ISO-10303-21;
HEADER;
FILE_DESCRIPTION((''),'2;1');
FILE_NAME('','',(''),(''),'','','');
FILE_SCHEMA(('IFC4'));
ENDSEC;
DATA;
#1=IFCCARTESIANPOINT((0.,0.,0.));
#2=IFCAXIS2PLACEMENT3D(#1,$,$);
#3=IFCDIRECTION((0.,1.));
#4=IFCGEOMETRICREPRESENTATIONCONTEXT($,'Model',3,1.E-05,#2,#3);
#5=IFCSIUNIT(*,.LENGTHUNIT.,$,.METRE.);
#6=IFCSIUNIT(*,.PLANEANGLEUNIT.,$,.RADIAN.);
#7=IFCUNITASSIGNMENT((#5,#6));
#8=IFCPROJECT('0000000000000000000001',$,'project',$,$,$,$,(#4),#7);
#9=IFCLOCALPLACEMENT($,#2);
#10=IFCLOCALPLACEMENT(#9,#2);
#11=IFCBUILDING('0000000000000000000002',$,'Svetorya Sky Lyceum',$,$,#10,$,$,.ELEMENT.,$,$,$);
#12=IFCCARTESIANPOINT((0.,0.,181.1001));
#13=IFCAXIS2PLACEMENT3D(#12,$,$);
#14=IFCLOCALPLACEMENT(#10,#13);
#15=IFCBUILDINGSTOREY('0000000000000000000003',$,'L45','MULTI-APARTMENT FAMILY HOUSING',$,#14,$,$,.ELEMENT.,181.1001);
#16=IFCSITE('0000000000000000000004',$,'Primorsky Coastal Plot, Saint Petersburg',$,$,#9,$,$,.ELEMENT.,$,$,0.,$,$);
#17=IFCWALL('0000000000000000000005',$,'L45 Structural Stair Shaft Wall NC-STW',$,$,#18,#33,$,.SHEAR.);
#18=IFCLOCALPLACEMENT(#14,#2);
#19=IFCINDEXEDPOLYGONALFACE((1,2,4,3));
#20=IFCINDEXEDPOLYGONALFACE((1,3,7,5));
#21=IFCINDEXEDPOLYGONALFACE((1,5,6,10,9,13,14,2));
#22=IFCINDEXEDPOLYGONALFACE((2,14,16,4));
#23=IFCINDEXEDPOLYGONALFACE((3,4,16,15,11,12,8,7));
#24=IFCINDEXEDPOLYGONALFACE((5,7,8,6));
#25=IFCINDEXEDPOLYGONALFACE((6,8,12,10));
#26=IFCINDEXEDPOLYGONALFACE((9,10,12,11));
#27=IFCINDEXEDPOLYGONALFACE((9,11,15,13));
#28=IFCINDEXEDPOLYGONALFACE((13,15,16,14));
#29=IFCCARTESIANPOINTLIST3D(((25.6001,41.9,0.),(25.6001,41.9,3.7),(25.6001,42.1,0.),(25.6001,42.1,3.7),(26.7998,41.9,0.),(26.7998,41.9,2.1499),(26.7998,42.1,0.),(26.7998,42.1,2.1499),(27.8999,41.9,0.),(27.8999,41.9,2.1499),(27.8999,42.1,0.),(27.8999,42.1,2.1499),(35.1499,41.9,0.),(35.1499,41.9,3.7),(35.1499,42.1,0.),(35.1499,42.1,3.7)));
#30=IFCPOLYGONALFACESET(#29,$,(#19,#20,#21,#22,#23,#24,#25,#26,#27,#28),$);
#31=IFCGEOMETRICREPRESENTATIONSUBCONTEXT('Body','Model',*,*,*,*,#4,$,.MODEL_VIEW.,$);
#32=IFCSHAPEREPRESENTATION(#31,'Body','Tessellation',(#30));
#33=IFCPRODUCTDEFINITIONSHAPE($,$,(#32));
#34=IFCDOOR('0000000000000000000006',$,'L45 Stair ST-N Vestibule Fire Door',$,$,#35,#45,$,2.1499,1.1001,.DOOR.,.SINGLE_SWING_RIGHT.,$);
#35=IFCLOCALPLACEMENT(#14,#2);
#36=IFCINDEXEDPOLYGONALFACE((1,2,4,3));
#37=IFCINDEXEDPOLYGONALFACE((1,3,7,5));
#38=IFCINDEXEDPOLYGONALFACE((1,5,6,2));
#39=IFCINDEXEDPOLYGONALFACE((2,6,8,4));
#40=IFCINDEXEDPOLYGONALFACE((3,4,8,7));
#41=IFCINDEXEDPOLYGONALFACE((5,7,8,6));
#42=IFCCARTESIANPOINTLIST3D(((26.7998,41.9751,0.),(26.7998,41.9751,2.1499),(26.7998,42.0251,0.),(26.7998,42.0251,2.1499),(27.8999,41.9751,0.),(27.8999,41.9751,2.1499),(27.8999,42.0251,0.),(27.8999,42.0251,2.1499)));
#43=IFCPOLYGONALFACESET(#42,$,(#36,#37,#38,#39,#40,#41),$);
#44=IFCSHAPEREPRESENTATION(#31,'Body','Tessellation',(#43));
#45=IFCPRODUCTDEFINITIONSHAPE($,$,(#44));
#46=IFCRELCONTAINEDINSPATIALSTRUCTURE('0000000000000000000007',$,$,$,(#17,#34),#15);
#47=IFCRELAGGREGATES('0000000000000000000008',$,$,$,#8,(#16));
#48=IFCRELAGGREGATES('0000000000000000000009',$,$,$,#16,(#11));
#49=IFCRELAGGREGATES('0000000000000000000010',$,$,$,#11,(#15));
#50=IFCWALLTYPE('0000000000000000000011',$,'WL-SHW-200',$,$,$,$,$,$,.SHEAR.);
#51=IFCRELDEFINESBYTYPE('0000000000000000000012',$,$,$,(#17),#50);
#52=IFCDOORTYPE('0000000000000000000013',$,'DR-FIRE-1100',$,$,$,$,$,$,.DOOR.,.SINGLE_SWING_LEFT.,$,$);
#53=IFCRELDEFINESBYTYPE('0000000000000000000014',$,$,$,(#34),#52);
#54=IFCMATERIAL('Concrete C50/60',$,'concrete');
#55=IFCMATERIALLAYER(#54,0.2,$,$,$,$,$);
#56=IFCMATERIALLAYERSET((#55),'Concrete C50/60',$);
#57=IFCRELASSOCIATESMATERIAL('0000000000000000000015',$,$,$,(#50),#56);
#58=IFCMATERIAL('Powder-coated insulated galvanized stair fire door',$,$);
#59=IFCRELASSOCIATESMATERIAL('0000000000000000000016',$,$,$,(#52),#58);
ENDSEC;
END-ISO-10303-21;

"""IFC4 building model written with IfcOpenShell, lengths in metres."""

from ifc_helpers import new_model, si_unit, direction, frame, frame_2d, origin, place, context, subcontext, project, spatial, rectangle, extrude, material, layer, layer_set, type_object, element, fill, save


model = new_model("IFC4")

# Units and contexts
model_context = context("Model", 3, precision=1e-05, world=origin(), true_north=direction((0.0, 1.0)))
body_context = subcontext(model_context, "Body", "Model", "MODEL_VIEW")
ifc_project = project(units=[si_unit("LENGTHUNIT", "METRE"), si_unit("PLANEANGLEUNIT", "RADIAN")], contexts=[model_context])

# Site, building, storey
site_placement = place(None, origin())
site = spatial("IfcSite", under=ifc_project, at=site_placement, Name="Primorsky Coastal Plot, Saint Petersburg", CompositionType="ELEMENT", RefElevation=0.0)
building_placement = place(site_placement, origin())
building = spatial("IfcBuilding", under=site, at=building_placement, Name="Svetorya Sky Lyceum", CompositionType="ELEMENT")
storey_placement = place(building_placement, frame((0.0, 0.0, 181.1001)))
storey = spatial("IfcBuildingStorey", under=building, at=storey_placement, Name="L45", Description="MULTI-APARTMENT FAMILY HOUSING", CompositionType="ELEMENT", Elevation=181.1001)

# Shared definitions
ifc_material_1 = material(Name="Concrete C50/60", Category="concrete")

# Wall, opening, door
ifc_layer_1 = layer(ifc_material_1, 0.2)
ifc_layer_set_1 = layer_set([ifc_layer_1], Name="Concrete C50/60")
wall_type_1 = type_object("IfcWallType", Name="WL-SHW-200", PredefinedType="SHEAR", material=ifc_layer_set_1)
wall_1_placement = place(storey_placement, frame((35.1499, 42.0, 0.0), z_axis=(0.0, 0.0, 1.0), x_axis=(-1.0, 0.0, 0.0)))
wall_1 = element("IfcWall", 1, at=wall_1_placement, inside=storey, type_object=wall_type_1, Name="L45 Structural Stair Shaft Wall NC-STW", PredefinedType="SHEAR", context=body_context, shape_type="SweptSolid", body=[
    extrude(rectangle(XDim=9.5498, YDim=0.2, at=frame_2d((4.7749, 0.0))), origin(), (0.0, 0.0, 1.0), 3.7),
])
opening_1_placement = place(wall_1_placement, frame((7.25, 0.0, 0.0)))
opening_1 = element("IfcOpeningElement", 2, at=opening_1_placement, cuts=wall_1, PredefinedType="OPENING", context=body_context, shape_type="SweptSolid", body=[
    extrude(rectangle(XDim=1.1001, YDim=2.1499, at=frame_2d((0.55, 1.075))), frame((0.0, 0.1099, 0.0), z_axis=(0.0, -1.0, 0.0), x_axis=(1.0, 0.0, 0.0)), (0.0, 0.0, 1.0), 0.22),
])
ifc_material_2 = material(Name="Powder-coated insulated galvanized stair fire door")
door_type_1 = type_object("IfcDoorType", Name="DR-FIRE-1100", OperationType="SINGLE_SWING_LEFT", PredefinedType="DOOR", material=ifc_material_2)
door_1_placement = place(opening_1_placement, origin())
door_1 = element("IfcDoor", 3, at=door_1_placement, inside=storey, type_object=door_type_1, Name="L45 Stair ST-N Vestibule Fire Door", OperationType="SINGLE_SWING_RIGHT", OverallHeight=2.1499, OverallWidth=1.1001, PredefinedType="DOOR", context=body_context, shape_type="SweptSolid", body=[
    extrude(rectangle(XDim=1.1001, YDim=2.1499, at=frame_2d((0.55, 1.075))), frame((0.0, 0.0249, 0.0), z_axis=(0.0, -1.0, 0.0), x_axis=(1.0, 0.0, 0.0)), (0.0, 0.0, 1.0), 0.05),
])
fill(opening_1, door_1)

save(model, "model.ifc")
